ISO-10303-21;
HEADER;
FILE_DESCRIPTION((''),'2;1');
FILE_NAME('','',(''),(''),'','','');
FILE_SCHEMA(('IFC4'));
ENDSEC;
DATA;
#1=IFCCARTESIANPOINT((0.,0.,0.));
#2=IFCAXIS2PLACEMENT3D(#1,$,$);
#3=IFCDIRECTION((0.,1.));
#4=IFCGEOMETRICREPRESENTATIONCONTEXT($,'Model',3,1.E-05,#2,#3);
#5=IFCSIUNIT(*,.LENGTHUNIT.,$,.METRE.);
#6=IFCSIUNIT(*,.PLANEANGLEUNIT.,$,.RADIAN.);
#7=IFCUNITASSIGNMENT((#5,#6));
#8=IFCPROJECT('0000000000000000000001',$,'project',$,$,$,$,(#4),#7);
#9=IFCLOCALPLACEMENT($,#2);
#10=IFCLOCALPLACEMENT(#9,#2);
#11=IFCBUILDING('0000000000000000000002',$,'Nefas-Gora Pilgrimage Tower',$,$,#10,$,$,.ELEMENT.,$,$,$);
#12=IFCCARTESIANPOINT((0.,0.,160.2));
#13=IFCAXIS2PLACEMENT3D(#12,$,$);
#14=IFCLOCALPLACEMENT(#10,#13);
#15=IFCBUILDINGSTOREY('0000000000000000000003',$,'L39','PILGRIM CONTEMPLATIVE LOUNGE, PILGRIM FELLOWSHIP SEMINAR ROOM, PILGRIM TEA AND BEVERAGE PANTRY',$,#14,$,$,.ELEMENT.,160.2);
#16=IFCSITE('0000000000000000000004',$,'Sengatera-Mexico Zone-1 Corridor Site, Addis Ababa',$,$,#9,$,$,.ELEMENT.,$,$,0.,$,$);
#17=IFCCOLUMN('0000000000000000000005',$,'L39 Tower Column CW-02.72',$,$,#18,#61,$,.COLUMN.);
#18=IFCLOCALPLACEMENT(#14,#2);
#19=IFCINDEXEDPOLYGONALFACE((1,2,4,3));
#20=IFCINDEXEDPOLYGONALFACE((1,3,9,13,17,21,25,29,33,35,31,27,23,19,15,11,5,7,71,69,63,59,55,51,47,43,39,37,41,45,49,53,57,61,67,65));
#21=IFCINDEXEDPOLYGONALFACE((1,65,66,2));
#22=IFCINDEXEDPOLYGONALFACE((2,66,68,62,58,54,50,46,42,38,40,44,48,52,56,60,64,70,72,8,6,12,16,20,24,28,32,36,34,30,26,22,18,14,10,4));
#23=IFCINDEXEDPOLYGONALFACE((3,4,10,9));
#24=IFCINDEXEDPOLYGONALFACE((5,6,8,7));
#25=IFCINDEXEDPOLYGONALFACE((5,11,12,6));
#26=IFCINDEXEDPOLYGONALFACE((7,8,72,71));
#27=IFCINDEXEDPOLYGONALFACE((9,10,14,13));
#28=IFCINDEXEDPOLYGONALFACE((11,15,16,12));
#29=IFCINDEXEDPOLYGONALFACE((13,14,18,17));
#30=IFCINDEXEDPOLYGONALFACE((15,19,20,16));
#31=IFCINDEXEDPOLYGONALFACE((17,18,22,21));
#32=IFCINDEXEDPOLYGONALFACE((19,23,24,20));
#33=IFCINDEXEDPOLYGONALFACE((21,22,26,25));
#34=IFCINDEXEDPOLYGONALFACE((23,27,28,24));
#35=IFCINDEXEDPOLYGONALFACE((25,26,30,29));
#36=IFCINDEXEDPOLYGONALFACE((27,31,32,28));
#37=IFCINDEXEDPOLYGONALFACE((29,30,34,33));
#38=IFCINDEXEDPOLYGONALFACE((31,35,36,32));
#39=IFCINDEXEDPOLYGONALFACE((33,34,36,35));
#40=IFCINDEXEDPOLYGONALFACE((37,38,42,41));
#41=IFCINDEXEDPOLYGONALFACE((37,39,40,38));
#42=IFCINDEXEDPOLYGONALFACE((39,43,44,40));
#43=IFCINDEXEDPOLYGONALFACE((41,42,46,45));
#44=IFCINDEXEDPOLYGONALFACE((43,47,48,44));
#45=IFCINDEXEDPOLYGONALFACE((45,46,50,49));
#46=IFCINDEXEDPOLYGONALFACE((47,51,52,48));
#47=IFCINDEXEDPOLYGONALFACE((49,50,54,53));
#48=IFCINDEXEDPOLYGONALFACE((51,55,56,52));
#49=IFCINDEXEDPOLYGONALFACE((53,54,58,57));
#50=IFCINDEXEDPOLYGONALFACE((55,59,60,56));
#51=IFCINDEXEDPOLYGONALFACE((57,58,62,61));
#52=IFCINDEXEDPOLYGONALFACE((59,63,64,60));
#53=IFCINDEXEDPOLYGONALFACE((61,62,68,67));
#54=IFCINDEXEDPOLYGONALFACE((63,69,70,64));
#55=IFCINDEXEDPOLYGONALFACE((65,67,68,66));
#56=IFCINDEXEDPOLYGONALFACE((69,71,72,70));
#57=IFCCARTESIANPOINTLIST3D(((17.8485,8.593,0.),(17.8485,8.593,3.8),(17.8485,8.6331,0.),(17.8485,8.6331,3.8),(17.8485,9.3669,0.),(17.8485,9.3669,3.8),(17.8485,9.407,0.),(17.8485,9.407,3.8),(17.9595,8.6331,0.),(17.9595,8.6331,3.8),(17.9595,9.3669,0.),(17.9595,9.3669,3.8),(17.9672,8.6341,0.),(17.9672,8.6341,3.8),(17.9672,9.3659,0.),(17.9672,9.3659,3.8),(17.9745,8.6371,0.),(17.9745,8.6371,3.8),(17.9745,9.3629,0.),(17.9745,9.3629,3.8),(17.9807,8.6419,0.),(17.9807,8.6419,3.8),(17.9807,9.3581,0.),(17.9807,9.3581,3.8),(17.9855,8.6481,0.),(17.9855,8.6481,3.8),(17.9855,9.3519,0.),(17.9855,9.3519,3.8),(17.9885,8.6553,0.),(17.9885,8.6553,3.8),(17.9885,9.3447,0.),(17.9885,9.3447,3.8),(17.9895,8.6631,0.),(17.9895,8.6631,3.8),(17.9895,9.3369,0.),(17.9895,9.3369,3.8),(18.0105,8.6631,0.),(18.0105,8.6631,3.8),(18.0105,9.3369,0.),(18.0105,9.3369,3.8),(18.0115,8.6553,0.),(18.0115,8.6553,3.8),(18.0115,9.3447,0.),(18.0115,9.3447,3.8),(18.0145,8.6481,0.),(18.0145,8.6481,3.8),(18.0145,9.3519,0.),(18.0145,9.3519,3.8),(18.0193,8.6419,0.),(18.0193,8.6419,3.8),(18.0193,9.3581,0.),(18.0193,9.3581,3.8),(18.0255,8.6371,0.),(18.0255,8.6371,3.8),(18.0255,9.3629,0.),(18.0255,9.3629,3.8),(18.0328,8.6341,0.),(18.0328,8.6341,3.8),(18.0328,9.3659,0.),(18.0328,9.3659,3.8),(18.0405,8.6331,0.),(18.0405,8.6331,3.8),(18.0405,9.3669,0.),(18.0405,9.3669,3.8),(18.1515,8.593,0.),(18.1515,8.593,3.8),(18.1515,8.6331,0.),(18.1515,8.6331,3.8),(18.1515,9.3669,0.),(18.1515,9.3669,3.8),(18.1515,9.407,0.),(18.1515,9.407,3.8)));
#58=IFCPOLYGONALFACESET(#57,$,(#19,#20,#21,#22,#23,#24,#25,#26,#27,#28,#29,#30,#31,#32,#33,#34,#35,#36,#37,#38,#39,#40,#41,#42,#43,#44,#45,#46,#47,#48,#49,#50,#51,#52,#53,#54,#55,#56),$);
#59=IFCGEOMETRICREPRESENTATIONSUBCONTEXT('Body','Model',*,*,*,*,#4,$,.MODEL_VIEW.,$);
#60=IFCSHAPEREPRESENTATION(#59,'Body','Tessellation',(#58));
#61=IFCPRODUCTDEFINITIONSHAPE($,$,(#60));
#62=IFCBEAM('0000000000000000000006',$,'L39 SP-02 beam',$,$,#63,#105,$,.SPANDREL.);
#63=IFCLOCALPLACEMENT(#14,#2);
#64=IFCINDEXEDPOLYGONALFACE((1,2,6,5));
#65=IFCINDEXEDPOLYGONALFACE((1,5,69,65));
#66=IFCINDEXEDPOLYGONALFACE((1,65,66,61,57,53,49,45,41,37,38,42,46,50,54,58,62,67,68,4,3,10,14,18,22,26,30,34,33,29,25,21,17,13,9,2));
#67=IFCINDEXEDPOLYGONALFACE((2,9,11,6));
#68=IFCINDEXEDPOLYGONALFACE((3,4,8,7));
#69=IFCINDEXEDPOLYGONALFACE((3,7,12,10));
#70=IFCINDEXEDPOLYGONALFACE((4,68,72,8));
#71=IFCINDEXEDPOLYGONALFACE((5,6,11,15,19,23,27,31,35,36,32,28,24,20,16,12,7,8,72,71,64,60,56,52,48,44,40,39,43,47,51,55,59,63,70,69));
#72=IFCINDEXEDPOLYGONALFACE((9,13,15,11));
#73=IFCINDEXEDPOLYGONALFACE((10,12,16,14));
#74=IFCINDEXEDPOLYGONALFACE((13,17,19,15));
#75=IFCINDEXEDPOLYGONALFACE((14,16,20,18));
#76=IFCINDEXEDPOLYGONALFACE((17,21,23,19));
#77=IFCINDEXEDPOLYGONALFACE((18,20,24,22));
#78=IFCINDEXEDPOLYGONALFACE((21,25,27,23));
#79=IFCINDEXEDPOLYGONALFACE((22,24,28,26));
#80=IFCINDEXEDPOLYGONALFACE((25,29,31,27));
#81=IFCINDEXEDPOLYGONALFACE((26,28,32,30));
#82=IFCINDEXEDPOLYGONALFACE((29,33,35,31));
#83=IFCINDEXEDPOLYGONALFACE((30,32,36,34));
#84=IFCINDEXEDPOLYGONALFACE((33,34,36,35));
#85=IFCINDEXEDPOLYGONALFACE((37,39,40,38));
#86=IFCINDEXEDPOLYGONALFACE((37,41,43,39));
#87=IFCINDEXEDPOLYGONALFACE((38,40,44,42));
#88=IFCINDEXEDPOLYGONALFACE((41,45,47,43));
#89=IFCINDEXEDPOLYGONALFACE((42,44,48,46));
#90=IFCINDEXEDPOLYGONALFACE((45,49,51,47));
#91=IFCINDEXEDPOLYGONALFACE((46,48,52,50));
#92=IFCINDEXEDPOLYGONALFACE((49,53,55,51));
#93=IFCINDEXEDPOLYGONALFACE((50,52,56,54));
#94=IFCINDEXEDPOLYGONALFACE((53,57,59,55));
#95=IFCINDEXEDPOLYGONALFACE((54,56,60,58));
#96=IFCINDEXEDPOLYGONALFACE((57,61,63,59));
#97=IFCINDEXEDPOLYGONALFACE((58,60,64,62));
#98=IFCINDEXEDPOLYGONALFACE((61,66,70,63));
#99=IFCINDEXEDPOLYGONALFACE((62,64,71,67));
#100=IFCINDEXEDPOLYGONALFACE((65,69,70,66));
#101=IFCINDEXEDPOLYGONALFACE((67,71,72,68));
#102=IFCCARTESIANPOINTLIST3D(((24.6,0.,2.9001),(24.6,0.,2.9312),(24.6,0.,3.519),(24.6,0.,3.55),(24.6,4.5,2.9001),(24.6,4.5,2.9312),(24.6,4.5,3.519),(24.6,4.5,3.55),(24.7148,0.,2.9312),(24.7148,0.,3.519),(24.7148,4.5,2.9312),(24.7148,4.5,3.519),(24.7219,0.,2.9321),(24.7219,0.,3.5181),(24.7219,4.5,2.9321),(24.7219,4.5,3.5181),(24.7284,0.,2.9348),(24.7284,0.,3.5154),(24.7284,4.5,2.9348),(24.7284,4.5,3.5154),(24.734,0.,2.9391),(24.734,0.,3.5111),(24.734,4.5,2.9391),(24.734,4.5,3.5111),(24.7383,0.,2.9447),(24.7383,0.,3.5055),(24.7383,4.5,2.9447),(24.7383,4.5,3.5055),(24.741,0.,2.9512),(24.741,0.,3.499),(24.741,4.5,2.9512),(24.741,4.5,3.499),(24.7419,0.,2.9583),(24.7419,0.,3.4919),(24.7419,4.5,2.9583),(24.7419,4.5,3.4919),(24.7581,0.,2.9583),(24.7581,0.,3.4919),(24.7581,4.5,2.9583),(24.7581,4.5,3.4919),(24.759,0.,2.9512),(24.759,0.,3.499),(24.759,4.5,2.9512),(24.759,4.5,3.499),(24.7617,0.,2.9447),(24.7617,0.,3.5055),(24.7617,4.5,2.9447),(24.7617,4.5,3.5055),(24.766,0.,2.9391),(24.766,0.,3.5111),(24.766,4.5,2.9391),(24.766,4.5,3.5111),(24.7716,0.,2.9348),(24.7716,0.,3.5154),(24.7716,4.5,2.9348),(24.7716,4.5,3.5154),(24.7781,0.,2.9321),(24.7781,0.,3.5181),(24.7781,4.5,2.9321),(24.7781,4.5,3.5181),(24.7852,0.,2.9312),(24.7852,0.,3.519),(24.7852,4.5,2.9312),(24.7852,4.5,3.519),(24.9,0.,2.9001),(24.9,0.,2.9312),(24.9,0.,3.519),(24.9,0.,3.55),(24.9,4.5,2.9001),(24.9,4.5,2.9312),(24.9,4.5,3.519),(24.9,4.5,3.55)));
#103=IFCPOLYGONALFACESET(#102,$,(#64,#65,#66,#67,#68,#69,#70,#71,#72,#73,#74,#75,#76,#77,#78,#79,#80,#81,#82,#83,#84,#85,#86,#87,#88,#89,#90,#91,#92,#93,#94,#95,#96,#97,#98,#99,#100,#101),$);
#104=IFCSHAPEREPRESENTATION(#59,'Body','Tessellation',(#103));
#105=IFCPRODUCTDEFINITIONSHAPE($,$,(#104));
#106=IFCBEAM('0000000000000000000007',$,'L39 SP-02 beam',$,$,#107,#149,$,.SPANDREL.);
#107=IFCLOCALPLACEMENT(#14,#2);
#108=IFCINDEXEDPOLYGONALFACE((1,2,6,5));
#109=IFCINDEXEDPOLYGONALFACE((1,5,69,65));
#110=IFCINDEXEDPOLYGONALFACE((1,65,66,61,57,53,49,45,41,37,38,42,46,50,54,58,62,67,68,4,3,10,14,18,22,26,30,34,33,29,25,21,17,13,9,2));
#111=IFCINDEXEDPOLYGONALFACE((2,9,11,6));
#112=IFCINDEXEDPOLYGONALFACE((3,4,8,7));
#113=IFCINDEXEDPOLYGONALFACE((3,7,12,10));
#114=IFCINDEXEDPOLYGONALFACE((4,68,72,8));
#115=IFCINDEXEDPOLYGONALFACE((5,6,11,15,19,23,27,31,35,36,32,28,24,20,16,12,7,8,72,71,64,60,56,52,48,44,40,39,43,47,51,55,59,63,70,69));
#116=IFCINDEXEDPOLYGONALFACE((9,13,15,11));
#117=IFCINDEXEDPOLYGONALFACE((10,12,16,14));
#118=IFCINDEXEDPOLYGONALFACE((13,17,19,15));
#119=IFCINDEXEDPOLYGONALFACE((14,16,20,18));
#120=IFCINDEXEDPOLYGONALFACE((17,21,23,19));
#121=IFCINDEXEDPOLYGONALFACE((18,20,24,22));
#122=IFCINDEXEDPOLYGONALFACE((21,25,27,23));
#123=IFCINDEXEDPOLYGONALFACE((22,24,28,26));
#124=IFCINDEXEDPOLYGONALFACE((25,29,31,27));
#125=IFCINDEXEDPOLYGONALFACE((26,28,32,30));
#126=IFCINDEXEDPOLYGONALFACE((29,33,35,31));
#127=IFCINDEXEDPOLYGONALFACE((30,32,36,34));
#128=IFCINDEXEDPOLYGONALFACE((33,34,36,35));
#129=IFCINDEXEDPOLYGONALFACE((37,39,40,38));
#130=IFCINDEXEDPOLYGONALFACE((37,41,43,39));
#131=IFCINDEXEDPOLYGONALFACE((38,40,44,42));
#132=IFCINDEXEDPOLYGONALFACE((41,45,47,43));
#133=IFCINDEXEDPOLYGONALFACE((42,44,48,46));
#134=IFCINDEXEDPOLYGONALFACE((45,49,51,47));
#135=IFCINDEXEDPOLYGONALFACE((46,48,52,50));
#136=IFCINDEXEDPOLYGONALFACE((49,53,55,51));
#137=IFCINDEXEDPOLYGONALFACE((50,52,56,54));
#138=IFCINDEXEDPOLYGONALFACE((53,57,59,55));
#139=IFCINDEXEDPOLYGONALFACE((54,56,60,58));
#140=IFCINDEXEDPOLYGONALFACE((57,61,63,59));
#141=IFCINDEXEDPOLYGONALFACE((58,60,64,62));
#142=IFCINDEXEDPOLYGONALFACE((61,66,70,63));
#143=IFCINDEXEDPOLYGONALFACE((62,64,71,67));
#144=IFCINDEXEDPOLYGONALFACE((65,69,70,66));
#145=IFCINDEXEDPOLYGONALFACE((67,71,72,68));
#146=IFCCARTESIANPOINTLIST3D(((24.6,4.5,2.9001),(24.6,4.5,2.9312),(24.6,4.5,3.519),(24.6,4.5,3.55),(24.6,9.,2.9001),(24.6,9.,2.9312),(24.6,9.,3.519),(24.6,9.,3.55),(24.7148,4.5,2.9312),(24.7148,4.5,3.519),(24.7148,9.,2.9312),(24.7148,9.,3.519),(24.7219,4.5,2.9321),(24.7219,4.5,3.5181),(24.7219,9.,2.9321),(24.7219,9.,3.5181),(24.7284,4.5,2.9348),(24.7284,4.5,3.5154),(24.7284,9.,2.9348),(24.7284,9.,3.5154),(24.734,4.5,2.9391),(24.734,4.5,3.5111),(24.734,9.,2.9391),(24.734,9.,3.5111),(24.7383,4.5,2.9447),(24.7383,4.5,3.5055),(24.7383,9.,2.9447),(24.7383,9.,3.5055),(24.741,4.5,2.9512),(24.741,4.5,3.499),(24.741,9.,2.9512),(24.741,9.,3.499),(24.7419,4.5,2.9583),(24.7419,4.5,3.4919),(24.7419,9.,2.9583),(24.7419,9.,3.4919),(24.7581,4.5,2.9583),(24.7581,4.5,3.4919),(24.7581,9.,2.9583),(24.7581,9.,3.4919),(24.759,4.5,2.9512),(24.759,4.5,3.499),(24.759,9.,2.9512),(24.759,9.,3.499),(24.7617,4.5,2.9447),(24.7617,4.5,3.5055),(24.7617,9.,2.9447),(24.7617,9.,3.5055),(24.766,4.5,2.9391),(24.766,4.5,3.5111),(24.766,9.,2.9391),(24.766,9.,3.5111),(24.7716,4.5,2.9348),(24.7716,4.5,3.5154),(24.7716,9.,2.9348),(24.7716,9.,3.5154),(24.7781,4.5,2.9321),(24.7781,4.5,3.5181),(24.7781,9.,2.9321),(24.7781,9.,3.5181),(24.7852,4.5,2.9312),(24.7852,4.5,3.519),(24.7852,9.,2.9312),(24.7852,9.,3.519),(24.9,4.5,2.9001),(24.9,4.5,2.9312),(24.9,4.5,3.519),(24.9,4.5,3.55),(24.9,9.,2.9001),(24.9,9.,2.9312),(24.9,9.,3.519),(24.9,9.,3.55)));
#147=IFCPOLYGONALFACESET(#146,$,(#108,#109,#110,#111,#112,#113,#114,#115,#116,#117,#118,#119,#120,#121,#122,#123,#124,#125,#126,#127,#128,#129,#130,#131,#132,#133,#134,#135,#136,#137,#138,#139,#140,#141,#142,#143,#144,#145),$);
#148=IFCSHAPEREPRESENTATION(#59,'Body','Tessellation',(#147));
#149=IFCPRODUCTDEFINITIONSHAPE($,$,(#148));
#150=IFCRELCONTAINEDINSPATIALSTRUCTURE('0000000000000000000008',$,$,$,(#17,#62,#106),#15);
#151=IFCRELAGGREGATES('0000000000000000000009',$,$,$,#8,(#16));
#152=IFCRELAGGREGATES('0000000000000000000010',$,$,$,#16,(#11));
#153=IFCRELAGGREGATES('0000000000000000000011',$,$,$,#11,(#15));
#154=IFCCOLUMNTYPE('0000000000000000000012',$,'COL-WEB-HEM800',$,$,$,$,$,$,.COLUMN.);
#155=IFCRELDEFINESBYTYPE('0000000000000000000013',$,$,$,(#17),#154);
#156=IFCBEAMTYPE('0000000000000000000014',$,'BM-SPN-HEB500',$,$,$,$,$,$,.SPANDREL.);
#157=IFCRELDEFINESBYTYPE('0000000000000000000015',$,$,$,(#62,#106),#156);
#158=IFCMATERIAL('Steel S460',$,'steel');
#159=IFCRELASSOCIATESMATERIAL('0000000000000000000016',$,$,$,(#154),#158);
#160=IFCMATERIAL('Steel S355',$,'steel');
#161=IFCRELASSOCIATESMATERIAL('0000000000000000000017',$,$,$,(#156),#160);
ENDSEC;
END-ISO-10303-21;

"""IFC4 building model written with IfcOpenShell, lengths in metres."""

from ifc_helpers import new_model, si_unit, direction, frame, origin, origin_2d, place, context, subcontext, project, spatial, i_section, extrude, source, transform, mapped, material, material_profile, profile_set, type_object, element, save


model = new_model("IFC4")

# Units and contexts
model_context = context("Model", 3, precision=1e-05, world=origin(), true_north=direction((0.0, 1.0)))
body_context = subcontext(model_context, "Body", "Model", "MODEL_VIEW")
ifc_project = project(units=[si_unit("LENGTHUNIT", "METRE"), si_unit("PLANEANGLEUNIT", "RADIAN")], contexts=[model_context])

# Site, building, storey
site_placement = place(None, origin())
site = spatial("IfcSite", under=ifc_project, at=site_placement, Name="Sengatera-Mexico Zone-1 Corridor Site, Addis Ababa", CompositionType="ELEMENT", RefElevation=0.0)
building_placement = place(site_placement, origin())
building = spatial("IfcBuilding", under=site, at=building_placement, Name="Nefas-Gora Pilgrimage Tower", CompositionType="ELEMENT")
storey_placement = place(building_placement, frame((0.0, 0.0, 160.2)))
storey = spatial("IfcBuildingStorey", under=building, at=storey_placement, Name="L39", Description="PILGRIM CONTEMPLATIVE LOUNGE, PILGRIM FELLOWSHIP SEMINAR ROOM, PILGRIM TEA AND BEVERAGE PANTRY", CompositionType="ELEMENT", Elevation=160.2)

# Column
ifc_material_1 = material(Name="Steel S460", Category="steel")
ifc_material_profile_1 = material_profile(ifc_material_1, i_section(OverallWidth=0.303, OverallDepth=0.814, WebThickness=0.021, FlangeThickness=0.04, FilletRadius=0.03, at=origin_2d()), Name="HEM 800")
ifc_profile_set_1 = profile_set([ifc_material_profile_1], Name="Steel S460")
column_type_1 = type_object("IfcColumnType", Name="COL-WEB-HEM800", PredefinedType="COLUMN", material=ifc_profile_set_1)
shared_shape_1 = source(origin(), body_context, "Body", "SweptSolid", [
    extrude(i_section(OverallWidth=0.303, OverallDepth=0.814, WebThickness=0.021, FlangeThickness=0.04, FilletRadius=0.03, at=origin_2d()), origin(), (0.0, 0.0, 1.0), 3.8),
])
for number, where, z_axis, x_axis, name in (
    (1, (18.0, 9.0, 0.0), (0.0, 0.0, 1.0), (1.0, 0.0, 0.0), "L39 Tower Column CW-02.72"),
):
    element("IfcColumn", number, at=place(storey_placement, frame(where, z_axis=z_axis, x_axis=x_axis)), inside=storey, type_object=column_type_1, Name=name, PredefinedType="COLUMN", context=body_context, shape_type="MappedRepresentation", body=[
        mapped(shared_shape_1, transform((0.0, 0.0, 0.0), x_axis=(1.0, 0.0, 0.0), y_axis=(0.0, 1.0, 0.0), z_axis=(0.0, 0.0, 1.0), scale=1.0)),
    ])

# Beams
ifc_material_2 = material(Name="Steel S355", Category="steel")
ifc_material_profile_2 = material_profile(ifc_material_2, i_section(OverallWidth=0.3, OverallDepth=0.6499, WebThickness=0.0161, FlangeThickness=0.031, FilletRadius=0.0271, at=origin_2d()), Name="HEB 650")
ifc_profile_set_2 = profile_set([ifc_material_profile_2], Name="Steel S355")
beam_type_1 = type_object("IfcBeamType", Name="BM-SPN-HEB500", PredefinedType="SPANDREL", material=ifc_profile_set_2)
shared_shape_2 = source(origin(), body_context, "Body", "SweptSolid", [
    extrude(i_section(OverallWidth=0.3, OverallDepth=0.6499, WebThickness=0.0161, FlangeThickness=0.031, FilletRadius=0.0271, at=origin_2d()), origin(), (0.0, 0.0, 1.0), 4.5),
])
for number, where, z_axis, x_axis, name in (
    (2, (24.75, 0.0, 3.2251), (0.0, 1.0, 0.0), (-1.0, 0.0, 0.0), "L39 SP-02 beam"),
    (3, (24.75, 4.5, 3.2251), (0.0, 1.0, 0.0), (-1.0, 0.0, 0.0), "L39 SP-02 beam"),
):
    element("IfcBeam", number, at=place(storey_placement, frame(where, z_axis=z_axis, x_axis=x_axis)), inside=storey, type_object=beam_type_1, Name=name, PredefinedType="SPANDREL", context=body_context, shape_type="MappedRepresentation", body=[
        mapped(shared_shape_2, transform((0.0, 0.0, 0.0), x_axis=(1.0, 0.0, 0.0), y_axis=(0.0, 1.0, 0.0), z_axis=(0.0, 0.0, 1.0), scale=1.0)),
    ])

save(model, "model.ifc")
